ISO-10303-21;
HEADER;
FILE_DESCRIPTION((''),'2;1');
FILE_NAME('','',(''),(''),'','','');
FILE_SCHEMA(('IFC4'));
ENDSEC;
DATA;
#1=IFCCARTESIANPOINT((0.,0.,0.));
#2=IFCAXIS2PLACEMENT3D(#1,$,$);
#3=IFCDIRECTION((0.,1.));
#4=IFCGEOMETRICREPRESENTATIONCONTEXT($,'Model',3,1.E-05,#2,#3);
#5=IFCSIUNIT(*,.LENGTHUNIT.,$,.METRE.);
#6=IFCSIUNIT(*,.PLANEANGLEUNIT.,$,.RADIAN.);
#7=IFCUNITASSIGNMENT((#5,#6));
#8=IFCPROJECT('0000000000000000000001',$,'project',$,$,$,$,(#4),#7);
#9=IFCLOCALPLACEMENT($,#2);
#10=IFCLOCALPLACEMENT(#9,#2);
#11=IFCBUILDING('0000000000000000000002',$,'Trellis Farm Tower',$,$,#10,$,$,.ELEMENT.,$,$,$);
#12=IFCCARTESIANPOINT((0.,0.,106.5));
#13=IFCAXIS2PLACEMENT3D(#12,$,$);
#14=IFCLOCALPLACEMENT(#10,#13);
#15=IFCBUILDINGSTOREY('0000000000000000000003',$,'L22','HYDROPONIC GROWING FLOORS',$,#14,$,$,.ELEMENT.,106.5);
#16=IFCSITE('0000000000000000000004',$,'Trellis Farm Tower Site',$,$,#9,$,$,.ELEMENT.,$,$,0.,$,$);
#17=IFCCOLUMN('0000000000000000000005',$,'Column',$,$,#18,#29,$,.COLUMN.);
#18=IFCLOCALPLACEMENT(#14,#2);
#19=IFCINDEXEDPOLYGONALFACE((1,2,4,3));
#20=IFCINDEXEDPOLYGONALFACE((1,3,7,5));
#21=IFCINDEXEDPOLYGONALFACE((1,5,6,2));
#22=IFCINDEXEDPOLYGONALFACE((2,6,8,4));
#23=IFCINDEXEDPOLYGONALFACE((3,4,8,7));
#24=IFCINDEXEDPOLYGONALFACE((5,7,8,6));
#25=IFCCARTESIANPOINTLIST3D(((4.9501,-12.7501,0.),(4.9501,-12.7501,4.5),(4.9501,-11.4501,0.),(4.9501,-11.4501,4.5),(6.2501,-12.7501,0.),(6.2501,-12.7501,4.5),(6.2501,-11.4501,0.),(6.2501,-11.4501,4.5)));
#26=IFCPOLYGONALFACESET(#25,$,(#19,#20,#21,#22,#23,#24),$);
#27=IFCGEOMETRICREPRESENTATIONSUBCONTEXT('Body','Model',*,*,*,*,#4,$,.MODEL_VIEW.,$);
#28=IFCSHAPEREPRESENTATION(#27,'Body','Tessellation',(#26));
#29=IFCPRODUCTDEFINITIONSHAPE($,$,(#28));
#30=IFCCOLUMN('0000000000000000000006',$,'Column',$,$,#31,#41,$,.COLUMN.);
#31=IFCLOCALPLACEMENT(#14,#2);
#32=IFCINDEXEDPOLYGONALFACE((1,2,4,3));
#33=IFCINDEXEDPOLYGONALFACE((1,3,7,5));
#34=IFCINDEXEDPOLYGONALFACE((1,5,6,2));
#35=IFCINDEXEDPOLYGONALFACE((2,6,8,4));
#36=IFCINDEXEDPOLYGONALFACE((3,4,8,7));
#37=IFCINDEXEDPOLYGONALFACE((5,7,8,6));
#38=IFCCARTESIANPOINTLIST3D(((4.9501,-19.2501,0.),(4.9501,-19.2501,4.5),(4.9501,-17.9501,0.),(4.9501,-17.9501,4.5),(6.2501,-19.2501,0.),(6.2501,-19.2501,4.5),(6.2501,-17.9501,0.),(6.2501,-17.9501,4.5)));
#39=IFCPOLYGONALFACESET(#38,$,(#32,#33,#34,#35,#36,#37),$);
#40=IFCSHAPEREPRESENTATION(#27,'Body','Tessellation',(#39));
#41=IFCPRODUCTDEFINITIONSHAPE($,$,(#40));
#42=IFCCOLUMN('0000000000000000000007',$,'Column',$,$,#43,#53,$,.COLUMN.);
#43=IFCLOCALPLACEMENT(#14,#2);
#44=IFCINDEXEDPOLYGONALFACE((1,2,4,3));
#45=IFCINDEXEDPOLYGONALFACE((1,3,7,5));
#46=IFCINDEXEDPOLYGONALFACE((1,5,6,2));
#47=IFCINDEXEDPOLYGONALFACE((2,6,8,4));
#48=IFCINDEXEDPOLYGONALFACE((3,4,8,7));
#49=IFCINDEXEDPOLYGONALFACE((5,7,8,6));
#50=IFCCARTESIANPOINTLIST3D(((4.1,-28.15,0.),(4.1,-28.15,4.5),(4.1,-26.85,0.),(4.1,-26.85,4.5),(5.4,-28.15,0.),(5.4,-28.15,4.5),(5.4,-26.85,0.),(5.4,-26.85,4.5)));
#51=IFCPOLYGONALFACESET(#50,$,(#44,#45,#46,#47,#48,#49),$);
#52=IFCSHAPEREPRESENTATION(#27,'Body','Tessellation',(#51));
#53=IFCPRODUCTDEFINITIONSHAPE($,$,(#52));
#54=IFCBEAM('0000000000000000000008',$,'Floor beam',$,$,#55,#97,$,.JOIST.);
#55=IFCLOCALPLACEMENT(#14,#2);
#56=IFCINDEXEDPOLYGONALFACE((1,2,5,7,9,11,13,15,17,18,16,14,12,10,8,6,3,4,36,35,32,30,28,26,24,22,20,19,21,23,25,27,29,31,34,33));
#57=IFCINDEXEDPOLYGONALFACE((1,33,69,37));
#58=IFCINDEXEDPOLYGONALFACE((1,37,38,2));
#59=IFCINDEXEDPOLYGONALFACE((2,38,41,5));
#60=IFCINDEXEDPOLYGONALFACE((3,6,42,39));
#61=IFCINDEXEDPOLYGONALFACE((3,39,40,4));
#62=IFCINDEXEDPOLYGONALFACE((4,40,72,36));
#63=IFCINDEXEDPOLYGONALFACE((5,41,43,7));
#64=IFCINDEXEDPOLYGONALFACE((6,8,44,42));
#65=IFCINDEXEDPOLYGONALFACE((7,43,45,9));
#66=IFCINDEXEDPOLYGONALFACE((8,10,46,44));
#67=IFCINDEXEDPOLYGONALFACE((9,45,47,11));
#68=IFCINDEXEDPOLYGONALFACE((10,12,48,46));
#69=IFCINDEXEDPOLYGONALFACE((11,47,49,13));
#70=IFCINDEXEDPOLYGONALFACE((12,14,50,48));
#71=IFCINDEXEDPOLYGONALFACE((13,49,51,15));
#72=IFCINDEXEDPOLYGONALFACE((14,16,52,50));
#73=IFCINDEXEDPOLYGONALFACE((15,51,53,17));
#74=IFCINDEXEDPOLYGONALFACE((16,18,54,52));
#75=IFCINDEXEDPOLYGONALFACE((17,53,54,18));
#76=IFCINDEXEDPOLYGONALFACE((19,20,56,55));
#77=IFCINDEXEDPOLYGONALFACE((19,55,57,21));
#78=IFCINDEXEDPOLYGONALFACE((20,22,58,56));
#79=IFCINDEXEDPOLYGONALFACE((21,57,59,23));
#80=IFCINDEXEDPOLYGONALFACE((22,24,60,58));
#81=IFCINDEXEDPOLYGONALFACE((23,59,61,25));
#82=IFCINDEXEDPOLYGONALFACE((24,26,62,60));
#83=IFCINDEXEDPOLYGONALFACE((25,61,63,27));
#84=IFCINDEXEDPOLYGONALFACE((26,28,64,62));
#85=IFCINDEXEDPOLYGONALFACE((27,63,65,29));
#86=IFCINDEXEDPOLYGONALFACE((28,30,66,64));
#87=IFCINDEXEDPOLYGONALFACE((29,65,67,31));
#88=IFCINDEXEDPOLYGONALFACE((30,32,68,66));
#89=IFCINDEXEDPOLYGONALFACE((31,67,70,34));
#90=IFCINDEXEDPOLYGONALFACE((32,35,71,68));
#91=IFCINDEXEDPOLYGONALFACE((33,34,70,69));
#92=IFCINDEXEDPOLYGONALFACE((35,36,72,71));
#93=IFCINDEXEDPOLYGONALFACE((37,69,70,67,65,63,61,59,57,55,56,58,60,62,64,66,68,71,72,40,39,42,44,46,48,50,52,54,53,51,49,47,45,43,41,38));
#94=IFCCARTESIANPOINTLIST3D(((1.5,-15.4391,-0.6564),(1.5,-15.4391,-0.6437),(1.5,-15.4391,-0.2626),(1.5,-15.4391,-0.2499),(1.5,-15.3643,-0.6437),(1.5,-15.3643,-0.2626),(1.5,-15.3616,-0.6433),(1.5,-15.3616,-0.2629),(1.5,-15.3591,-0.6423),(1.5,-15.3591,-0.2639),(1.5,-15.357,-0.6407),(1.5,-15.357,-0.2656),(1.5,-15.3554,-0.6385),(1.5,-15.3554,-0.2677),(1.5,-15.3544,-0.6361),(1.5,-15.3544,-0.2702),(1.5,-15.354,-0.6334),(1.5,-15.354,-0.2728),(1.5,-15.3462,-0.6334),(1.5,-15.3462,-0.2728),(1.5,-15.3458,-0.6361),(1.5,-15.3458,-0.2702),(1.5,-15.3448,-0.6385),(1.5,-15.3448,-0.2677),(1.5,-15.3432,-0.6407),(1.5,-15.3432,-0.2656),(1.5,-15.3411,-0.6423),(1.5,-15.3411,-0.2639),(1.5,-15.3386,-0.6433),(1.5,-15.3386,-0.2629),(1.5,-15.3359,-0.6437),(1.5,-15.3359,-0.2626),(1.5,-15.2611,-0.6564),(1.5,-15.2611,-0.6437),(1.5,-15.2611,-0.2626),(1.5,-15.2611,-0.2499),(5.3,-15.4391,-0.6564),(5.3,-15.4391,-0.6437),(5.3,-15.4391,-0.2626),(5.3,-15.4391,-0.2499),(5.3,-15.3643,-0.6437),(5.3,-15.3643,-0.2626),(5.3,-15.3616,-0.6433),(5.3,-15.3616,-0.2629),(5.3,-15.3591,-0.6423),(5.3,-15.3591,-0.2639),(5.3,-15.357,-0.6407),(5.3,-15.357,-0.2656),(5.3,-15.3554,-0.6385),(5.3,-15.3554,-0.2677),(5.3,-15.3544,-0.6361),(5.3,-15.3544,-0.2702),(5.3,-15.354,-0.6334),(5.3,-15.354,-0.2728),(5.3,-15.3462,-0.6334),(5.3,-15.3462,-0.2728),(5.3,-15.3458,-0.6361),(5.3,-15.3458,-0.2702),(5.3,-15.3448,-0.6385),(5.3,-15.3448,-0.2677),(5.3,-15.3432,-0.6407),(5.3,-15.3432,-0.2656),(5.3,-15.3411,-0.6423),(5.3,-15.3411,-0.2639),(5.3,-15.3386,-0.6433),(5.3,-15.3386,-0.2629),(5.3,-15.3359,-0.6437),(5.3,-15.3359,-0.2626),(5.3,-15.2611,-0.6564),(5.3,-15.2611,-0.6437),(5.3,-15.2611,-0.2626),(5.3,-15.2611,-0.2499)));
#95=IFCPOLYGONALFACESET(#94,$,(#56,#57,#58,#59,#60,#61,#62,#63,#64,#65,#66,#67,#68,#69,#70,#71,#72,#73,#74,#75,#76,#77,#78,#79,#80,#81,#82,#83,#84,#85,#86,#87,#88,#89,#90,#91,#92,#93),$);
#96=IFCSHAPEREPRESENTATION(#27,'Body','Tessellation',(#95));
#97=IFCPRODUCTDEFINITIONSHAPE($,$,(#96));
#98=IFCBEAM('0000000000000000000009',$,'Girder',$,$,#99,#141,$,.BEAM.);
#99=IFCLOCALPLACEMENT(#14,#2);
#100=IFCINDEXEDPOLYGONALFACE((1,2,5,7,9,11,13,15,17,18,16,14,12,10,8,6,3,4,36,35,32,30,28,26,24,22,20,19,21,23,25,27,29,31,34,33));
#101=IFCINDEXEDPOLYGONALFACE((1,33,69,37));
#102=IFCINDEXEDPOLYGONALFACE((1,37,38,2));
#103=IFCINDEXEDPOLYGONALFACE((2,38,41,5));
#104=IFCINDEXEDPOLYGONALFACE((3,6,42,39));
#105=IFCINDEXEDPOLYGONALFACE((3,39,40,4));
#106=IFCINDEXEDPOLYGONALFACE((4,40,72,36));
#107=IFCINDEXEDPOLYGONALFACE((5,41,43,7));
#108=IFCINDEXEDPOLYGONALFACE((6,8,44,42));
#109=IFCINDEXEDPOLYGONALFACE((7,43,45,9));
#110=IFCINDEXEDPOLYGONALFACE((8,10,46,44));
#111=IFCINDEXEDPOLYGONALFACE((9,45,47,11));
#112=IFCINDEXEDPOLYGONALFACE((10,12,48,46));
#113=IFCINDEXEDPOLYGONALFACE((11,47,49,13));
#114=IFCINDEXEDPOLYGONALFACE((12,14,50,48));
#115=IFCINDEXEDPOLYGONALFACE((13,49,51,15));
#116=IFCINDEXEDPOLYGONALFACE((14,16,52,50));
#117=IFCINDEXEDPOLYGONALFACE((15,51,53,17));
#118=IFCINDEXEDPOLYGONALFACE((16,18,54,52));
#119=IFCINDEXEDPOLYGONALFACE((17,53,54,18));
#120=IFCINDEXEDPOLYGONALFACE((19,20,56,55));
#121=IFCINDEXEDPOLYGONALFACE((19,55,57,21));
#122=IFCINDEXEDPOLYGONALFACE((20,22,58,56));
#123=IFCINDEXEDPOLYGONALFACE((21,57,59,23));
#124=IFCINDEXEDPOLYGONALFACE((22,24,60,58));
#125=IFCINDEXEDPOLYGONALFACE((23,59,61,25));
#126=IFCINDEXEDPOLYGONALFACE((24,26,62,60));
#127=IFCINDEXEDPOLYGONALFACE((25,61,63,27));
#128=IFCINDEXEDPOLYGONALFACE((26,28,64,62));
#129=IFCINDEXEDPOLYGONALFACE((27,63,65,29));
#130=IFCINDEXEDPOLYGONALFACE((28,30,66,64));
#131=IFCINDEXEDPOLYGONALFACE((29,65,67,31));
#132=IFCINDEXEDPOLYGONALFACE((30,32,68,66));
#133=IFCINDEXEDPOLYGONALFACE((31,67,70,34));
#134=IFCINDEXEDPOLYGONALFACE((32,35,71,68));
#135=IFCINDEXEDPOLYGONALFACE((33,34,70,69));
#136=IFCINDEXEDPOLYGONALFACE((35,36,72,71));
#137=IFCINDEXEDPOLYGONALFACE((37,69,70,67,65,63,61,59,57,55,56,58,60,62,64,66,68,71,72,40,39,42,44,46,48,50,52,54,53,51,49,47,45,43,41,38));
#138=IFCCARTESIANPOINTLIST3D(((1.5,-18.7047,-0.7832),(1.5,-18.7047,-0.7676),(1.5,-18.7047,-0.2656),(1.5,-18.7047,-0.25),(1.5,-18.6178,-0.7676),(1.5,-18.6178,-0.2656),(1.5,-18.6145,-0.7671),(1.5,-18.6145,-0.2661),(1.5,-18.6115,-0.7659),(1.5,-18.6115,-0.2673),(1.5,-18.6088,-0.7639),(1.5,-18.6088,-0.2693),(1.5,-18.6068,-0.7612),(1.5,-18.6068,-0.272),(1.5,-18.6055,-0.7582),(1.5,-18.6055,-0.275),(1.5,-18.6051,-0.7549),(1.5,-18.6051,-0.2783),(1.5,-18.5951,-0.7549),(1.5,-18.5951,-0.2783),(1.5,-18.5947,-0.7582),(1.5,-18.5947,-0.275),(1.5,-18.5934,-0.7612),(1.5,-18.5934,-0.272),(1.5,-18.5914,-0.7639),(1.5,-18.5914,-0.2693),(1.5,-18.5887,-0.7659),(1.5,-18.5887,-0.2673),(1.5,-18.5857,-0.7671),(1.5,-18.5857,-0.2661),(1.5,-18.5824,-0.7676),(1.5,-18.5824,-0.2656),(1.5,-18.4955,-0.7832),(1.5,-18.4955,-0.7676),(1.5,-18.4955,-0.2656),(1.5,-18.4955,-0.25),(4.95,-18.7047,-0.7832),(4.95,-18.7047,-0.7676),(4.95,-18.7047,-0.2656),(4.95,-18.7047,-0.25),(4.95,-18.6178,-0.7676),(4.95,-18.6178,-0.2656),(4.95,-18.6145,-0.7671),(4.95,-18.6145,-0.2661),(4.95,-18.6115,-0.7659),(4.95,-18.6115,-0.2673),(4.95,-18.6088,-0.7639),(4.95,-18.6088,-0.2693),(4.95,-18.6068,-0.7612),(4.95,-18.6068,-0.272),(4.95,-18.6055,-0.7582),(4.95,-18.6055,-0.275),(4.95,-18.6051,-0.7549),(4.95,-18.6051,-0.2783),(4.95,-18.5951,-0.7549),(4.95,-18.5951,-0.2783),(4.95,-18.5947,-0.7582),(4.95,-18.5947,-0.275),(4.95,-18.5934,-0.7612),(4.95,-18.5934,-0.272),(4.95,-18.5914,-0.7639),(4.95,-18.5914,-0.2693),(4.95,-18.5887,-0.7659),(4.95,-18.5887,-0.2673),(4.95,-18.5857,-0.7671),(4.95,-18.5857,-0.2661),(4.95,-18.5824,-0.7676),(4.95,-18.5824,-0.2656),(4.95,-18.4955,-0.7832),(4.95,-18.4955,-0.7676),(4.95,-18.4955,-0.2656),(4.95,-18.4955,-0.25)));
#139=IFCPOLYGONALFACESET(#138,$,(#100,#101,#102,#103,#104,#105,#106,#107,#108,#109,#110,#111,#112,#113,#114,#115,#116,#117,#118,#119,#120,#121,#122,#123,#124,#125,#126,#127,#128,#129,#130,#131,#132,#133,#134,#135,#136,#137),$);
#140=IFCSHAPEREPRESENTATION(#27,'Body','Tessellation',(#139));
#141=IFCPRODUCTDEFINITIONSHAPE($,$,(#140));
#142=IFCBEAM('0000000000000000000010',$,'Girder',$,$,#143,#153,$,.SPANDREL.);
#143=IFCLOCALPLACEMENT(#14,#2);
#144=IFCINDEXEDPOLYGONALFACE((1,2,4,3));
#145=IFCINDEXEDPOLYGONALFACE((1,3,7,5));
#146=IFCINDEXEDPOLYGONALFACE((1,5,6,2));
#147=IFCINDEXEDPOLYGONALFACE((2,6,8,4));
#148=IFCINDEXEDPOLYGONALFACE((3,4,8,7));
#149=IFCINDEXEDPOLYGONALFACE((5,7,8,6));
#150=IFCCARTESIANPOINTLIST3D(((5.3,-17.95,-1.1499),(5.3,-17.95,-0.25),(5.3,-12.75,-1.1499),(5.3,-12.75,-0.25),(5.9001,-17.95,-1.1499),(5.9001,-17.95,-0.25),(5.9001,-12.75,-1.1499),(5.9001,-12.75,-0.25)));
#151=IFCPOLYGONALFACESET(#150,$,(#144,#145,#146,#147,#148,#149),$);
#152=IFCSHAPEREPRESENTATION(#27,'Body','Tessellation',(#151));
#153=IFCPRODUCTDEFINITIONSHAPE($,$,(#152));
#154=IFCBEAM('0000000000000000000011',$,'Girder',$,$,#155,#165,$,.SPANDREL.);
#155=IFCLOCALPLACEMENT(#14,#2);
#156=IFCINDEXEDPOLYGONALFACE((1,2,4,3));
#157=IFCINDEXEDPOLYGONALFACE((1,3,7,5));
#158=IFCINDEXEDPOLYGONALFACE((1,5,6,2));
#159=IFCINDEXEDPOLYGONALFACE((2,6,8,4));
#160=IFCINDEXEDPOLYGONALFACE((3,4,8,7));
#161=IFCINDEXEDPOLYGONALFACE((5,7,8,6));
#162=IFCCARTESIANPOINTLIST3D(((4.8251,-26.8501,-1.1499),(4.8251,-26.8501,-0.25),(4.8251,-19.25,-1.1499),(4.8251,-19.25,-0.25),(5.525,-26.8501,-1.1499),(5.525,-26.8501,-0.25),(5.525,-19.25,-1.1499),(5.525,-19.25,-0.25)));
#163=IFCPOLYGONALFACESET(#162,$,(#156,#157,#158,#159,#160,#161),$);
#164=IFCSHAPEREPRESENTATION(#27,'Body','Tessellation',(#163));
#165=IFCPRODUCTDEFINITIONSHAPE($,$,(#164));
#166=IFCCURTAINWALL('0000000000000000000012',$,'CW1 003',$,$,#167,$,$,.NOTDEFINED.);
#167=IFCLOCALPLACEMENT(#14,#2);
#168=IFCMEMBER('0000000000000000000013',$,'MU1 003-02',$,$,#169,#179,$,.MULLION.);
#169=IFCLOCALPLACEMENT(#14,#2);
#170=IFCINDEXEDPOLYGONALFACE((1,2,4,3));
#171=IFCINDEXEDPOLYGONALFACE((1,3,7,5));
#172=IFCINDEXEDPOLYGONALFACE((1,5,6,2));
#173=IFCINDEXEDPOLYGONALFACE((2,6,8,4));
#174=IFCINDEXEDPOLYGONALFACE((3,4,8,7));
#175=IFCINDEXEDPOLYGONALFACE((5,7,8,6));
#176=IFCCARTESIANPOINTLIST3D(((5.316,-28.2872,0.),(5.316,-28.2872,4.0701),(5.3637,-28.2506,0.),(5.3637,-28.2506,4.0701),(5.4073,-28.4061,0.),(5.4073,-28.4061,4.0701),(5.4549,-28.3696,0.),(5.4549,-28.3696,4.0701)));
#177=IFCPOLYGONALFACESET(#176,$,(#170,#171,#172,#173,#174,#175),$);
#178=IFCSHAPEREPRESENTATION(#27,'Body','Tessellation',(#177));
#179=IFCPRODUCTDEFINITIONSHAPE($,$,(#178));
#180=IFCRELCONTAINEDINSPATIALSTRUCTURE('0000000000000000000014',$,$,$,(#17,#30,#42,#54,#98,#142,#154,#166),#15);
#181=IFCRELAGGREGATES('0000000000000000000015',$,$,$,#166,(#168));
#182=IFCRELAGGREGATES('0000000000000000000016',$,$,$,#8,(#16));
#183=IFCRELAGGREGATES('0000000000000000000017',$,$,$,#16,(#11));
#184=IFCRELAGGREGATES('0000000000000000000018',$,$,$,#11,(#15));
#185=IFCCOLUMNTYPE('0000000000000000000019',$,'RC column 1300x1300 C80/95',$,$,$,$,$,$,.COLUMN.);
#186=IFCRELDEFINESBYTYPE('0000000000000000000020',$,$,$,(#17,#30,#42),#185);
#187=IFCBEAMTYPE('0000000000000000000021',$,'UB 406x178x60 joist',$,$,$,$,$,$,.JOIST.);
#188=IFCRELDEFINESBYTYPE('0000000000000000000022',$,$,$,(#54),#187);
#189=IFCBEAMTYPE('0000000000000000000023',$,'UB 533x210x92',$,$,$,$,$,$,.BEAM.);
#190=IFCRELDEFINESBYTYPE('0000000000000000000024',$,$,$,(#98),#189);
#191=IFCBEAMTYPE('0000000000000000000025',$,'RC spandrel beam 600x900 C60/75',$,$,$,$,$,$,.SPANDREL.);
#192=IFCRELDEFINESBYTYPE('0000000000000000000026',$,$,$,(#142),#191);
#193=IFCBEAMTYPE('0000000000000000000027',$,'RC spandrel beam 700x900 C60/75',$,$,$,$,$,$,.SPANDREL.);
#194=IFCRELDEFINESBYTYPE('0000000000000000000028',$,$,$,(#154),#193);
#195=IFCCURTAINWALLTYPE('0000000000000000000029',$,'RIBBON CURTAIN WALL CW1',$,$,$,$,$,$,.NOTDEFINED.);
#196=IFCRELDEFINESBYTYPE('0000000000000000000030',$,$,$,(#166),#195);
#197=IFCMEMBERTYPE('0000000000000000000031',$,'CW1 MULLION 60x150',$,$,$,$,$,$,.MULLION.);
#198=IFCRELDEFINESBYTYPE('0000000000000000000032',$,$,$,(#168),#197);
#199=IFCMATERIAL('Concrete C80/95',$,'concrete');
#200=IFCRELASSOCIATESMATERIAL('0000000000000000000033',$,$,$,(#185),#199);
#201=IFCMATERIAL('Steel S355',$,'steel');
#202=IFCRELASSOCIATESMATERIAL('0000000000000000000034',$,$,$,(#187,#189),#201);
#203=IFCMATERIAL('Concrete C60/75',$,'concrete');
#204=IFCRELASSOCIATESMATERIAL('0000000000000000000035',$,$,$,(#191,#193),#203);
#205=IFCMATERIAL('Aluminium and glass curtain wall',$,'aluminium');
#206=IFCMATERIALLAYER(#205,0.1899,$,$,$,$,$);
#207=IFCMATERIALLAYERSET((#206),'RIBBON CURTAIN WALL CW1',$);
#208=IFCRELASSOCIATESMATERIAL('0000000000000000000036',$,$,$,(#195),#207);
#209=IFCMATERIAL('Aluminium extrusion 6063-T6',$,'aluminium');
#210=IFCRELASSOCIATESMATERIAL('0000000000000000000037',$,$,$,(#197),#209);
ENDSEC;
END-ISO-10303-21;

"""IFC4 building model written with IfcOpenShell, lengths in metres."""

from ifc_helpers import new_model, si_unit, direction, frame, origin, origin_2d, place, context, subcontext, project, spatial, rectangle, i_section, extrude, source, transform, mapped, material, layer, layer_set, material_profile, profile_set, type_object, element, aggregate, save


model = new_model("IFC4")

# Units and contexts
model_context = context("Model", 3, precision=1e-05, world=origin(), true_north=direction((0.0, 1.0)))
body_context = subcontext(model_context, "Body", "Model", "MODEL_VIEW")
ifc_project = project(units=[si_unit("LENGTHUNIT", "METRE"), si_unit("PLANEANGLEUNIT", "RADIAN")], contexts=[model_context])

# Site, building, storey
site_placement = place(None, origin())
site = spatial("IfcSite", under=ifc_project, at=site_placement, Name="Trellis Farm Tower Site", CompositionType="ELEMENT", RefElevation=0.0)
building_placement = place(site_placement, origin())
building = spatial("IfcBuilding", under=site, at=building_placement, Name="Trellis Farm Tower", CompositionType="ELEMENT")
storey_placement = place(building_placement, frame((0.0, 0.0, 106.5)))
storey = spatial("IfcBuildingStorey", under=building, at=storey_placement, Name="L22", Description="HYDROPONIC GROWING FLOORS", CompositionType="ELEMENT", Elevation=106.5)

# Columns
ifc_material_1 = material(Name="Concrete C80/95", Category="concrete")
ifc_material_profile_1 = material_profile(ifc_material_1, rectangle(XDim=1.3, YDim=1.3, at=origin_2d()), Name="RC column 1300x1300 C80/95")
ifc_profile_set_1 = profile_set([ifc_material_profile_1], Name="Concrete C80/95")
column_type = type_object("IfcColumnType", Name="RC column 1300x1300 C80/95", PredefinedType="COLUMN", material=ifc_profile_set_1)
shared_shape_1 = source(origin(), body_context, "Body", "SweptSolid", [
    extrude(rectangle(XDim=1.3, YDim=1.3, at=origin_2d()), origin(), (0.0, 0.0, 1.0), 4.5),
])
for number, where, z_axis, x_axis, name in (
    (1, (5.6001, -12.1001, 0.0), (0.0, 0.0, 1.0), (1.0, 0.0, 0.0), "Column"),
    (2, (5.6001, -18.6001, 0.0), (0.0, 0.0, 1.0), (1.0, 0.0, 0.0), "Column"),
    (3, (4.75, -27.5, 0.0), (0.0, 0.0, 1.0), (1.0, 0.0, 0.0), "Column"),
):
    element("IfcColumn", number, at=place(storey_placement, frame(where, z_axis=z_axis, x_axis=x_axis)), inside=storey, type_object=column_type, Name=name, PredefinedType="COLUMN", context=body_context, shape_type="MappedRepresentation", body=[
        mapped(shared_shape_1, transform((0.0, 0.0, 0.0))),
    ])

# Beams
ifc_material_2 = material(Name="Steel S355", Category="steel")
ifc_material_profile_2 = material_profile(ifc_material_2, i_section(OverallWidth=0.178, OverallDepth=0.4065, WebThickness=0.0078, FlangeThickness=0.0127, FilletRadius=0.0103, at=origin_2d()), Name="UB 406x178x60")
ifc_profile_set_2 = profile_set([ifc_material_profile_2], Name="Steel S355")
beam_type_1 = type_object("IfcBeamType", Name="UB 406x178x60 joist", PredefinedType="JOIST", material=ifc_profile_set_2)
shared_shape_2 = source(origin(), body_context, "Body", "SweptSolid", [
    extrude(i_section(OverallWidth=0.178, OverallDepth=0.4065, WebThickness=0.0078, FlangeThickness=0.0127, FilletRadius=0.0103, at=origin_2d()), origin(), (0.0, 0.0, 1.0), 3.8),
])
beam_1_placement = place(storey_placement, frame((1.5, -15.3501, -0.4531), z_axis=(1.0, 0.0, 0.0), x_axis=(0.0, 1.0, 0.0)))
element("IfcBeam", 4, at=beam_1_placement, inside=storey, type_object=beam_type_1, Name="Floor beam", PredefinedType="JOIST", context=body_context, shape_type="MappedRepresentation", body=[
    mapped(shared_shape_2, transform((0.0, 0.0, 0.0))),
])
ifc_material_profile_3 = material_profile(ifc_material_2, i_section(OverallWidth=0.2092, OverallDepth=0.5332, WebThickness=0.01, FlangeThickness=0.0156, FilletRadius=0.0127, at=origin_2d()), Name="UB 533x210x92")
ifc_profile_set_3 = profile_set([ifc_material_profile_3], Name="Steel S355")
beam_type_2 = type_object("IfcBeamType", Name="UB 533x210x92", PredefinedType="BEAM", material=ifc_profile_set_3)
shared_shape_3 = source(origin(), body_context, "Body", "SweptSolid", [
    extrude(i_section(OverallWidth=0.2092, OverallDepth=0.5332, WebThickness=0.01, FlangeThickness=0.0156, FilletRadius=0.0127, at=origin_2d()), origin(), (0.0, 0.0, 1.0), 3.45),
])
beam_2_placement = place(storey_placement, frame((1.5, -18.6001, -0.5166), z_axis=(1.0, 0.0, 0.0), x_axis=(0.0, 1.0, 0.0)))
element("IfcBeam", 5, at=beam_2_placement, inside=storey, type_object=beam_type_2, Name="Girder", PredefinedType="BEAM", context=body_context, shape_type="MappedRepresentation", body=[
    mapped(shared_shape_3, transform((0.0, 0.0, 0.0))),
])
ifc_material_3 = material(Name="Concrete C60/75", Category="concrete")
ifc_material_profile_4 = material_profile(ifc_material_3, rectangle(XDim=0.6001, YDim=0.8999, at=origin_2d()), Name="RC spandrel beam 600x900 C60/75")
ifc_profile_set_4 = profile_set([ifc_material_profile_4], Name="Concrete C60/75")
beam_type_3 = type_object("IfcBeamType", Name="RC spandrel beam 600x900 C60/75", PredefinedType="SPANDREL", material=ifc_profile_set_4)
shared_shape_4 = source(origin(), body_context, "Body", "SweptSolid", [
    extrude(rectangle(XDim=0.6001, YDim=0.8999, at=origin_2d()), origin(), (0.0, 0.0, 1.0), 5.2),
])
beam_3_placement = place(storey_placement, frame((5.6001, -17.95, -0.7), z_axis=(0.0, 1.0, 0.0), x_axis=(-1.0, 0.0, 0.0)))
element("IfcBeam", 6, at=beam_3_placement, inside=storey, type_object=beam_type_3, Name="Girder", PredefinedType="SPANDREL", context=body_context, shape_type="MappedRepresentation", body=[
    mapped(shared_shape_4, transform((0.0, 0.0, 0.0))),
])
ifc_material_profile_5 = material_profile(ifc_material_3, rectangle(XDim=0.7, YDim=0.8999, at=origin_2d()), Name="RC spandrel beam 700x900 C60/75")
ifc_profile_set_5 = profile_set([ifc_material_profile_5], Name="Concrete C60/75")
beam_type_4 = type_object("IfcBeamType", Name="RC spandrel beam 700x900 C60/75", PredefinedType="SPANDREL", material=ifc_profile_set_5)
shared_shape_5 = source(origin(), body_context, "Body", "SweptSolid", [
    extrude(rectangle(XDim=0.7, YDim=0.8999, at=origin_2d()), origin(), (0.0, 0.0, 1.0), 7.6001),
])
beam_4_placement = place(storey_placement, frame((5.175, -26.8501, -0.7), z_axis=(0.0, 1.0, 0.0), x_axis=(-1.0, 0.0, 0.0)))
element("IfcBeam", 7, at=beam_4_placement, inside=storey, type_object=beam_type_4, Name="Girder", PredefinedType="SPANDREL", context=body_context, shape_type="MappedRepresentation", body=[
    mapped(shared_shape_5, transform((0.0, 0.0, 0.0))),
])

# Curtain wall, member
ifc_material_4 = material(Name="Aluminium and glass curtain wall", Category="aluminium")
ifc_layer_1 = layer(ifc_material_4, 0.1899)
ifc_layer_set_1 = layer_set([ifc_layer_1], Name="RIBBON CURTAIN WALL CW1")
curtain_wall_type = type_object("IfcCurtainWallType", Name="RIBBON CURTAIN WALL CW1", PredefinedType="NOTDEFINED", material=ifc_layer_set_1)
placement = place(storey_placement, origin())
curtain_wall = element("IfcCurtainWall", 8, at=placement, inside=storey, type_object=curtain_wall_type, Name="CW1 003", PredefinedType="NOTDEFINED")
ifc_material_5 = material(Name="Aluminium extrusion 6063-T6", Category="aluminium")
ifc_material_profile_6 = material_profile(ifc_material_5, rectangle(XDim=0.0601, YDim=0.1499, at=origin_2d()), Name="MULLION 60x150")
ifc_profile_set_6 = profile_set([ifc_material_profile_6], Name="Aluminium extrusion 6063-T6")
member_type = type_object("IfcMemberType", Name="CW1 MULLION 60x150", PredefinedType="MULLION", material=ifc_profile_set_6)
shared_shape_6 = source(origin(), body_context, "Body", "SweptSolid", [
    extrude(rectangle(XDim=0.0601, YDim=0.1499, at=origin_2d()), origin(), (0.0, 0.0, 1.0), 4.0701),
])
member_placement = place(storey_placement, frame((5.3855, -28.3284, 0.0), z_axis=(0.0, 0.0, 1.0), x_axis=(0.793353, 0.608761, 0.0)))
member = element("IfcMember", 9, at=member_placement, type_object=member_type, Name="MU1 003-02", PredefinedType="MULLION", context=body_context, shape_type="MappedRepresentation", body=[
    mapped(shared_shape_6, transform((0.0, 0.0, 0.0))),
])
aggregate(curtain_wall, [member])

save(model, "model.ifc")
